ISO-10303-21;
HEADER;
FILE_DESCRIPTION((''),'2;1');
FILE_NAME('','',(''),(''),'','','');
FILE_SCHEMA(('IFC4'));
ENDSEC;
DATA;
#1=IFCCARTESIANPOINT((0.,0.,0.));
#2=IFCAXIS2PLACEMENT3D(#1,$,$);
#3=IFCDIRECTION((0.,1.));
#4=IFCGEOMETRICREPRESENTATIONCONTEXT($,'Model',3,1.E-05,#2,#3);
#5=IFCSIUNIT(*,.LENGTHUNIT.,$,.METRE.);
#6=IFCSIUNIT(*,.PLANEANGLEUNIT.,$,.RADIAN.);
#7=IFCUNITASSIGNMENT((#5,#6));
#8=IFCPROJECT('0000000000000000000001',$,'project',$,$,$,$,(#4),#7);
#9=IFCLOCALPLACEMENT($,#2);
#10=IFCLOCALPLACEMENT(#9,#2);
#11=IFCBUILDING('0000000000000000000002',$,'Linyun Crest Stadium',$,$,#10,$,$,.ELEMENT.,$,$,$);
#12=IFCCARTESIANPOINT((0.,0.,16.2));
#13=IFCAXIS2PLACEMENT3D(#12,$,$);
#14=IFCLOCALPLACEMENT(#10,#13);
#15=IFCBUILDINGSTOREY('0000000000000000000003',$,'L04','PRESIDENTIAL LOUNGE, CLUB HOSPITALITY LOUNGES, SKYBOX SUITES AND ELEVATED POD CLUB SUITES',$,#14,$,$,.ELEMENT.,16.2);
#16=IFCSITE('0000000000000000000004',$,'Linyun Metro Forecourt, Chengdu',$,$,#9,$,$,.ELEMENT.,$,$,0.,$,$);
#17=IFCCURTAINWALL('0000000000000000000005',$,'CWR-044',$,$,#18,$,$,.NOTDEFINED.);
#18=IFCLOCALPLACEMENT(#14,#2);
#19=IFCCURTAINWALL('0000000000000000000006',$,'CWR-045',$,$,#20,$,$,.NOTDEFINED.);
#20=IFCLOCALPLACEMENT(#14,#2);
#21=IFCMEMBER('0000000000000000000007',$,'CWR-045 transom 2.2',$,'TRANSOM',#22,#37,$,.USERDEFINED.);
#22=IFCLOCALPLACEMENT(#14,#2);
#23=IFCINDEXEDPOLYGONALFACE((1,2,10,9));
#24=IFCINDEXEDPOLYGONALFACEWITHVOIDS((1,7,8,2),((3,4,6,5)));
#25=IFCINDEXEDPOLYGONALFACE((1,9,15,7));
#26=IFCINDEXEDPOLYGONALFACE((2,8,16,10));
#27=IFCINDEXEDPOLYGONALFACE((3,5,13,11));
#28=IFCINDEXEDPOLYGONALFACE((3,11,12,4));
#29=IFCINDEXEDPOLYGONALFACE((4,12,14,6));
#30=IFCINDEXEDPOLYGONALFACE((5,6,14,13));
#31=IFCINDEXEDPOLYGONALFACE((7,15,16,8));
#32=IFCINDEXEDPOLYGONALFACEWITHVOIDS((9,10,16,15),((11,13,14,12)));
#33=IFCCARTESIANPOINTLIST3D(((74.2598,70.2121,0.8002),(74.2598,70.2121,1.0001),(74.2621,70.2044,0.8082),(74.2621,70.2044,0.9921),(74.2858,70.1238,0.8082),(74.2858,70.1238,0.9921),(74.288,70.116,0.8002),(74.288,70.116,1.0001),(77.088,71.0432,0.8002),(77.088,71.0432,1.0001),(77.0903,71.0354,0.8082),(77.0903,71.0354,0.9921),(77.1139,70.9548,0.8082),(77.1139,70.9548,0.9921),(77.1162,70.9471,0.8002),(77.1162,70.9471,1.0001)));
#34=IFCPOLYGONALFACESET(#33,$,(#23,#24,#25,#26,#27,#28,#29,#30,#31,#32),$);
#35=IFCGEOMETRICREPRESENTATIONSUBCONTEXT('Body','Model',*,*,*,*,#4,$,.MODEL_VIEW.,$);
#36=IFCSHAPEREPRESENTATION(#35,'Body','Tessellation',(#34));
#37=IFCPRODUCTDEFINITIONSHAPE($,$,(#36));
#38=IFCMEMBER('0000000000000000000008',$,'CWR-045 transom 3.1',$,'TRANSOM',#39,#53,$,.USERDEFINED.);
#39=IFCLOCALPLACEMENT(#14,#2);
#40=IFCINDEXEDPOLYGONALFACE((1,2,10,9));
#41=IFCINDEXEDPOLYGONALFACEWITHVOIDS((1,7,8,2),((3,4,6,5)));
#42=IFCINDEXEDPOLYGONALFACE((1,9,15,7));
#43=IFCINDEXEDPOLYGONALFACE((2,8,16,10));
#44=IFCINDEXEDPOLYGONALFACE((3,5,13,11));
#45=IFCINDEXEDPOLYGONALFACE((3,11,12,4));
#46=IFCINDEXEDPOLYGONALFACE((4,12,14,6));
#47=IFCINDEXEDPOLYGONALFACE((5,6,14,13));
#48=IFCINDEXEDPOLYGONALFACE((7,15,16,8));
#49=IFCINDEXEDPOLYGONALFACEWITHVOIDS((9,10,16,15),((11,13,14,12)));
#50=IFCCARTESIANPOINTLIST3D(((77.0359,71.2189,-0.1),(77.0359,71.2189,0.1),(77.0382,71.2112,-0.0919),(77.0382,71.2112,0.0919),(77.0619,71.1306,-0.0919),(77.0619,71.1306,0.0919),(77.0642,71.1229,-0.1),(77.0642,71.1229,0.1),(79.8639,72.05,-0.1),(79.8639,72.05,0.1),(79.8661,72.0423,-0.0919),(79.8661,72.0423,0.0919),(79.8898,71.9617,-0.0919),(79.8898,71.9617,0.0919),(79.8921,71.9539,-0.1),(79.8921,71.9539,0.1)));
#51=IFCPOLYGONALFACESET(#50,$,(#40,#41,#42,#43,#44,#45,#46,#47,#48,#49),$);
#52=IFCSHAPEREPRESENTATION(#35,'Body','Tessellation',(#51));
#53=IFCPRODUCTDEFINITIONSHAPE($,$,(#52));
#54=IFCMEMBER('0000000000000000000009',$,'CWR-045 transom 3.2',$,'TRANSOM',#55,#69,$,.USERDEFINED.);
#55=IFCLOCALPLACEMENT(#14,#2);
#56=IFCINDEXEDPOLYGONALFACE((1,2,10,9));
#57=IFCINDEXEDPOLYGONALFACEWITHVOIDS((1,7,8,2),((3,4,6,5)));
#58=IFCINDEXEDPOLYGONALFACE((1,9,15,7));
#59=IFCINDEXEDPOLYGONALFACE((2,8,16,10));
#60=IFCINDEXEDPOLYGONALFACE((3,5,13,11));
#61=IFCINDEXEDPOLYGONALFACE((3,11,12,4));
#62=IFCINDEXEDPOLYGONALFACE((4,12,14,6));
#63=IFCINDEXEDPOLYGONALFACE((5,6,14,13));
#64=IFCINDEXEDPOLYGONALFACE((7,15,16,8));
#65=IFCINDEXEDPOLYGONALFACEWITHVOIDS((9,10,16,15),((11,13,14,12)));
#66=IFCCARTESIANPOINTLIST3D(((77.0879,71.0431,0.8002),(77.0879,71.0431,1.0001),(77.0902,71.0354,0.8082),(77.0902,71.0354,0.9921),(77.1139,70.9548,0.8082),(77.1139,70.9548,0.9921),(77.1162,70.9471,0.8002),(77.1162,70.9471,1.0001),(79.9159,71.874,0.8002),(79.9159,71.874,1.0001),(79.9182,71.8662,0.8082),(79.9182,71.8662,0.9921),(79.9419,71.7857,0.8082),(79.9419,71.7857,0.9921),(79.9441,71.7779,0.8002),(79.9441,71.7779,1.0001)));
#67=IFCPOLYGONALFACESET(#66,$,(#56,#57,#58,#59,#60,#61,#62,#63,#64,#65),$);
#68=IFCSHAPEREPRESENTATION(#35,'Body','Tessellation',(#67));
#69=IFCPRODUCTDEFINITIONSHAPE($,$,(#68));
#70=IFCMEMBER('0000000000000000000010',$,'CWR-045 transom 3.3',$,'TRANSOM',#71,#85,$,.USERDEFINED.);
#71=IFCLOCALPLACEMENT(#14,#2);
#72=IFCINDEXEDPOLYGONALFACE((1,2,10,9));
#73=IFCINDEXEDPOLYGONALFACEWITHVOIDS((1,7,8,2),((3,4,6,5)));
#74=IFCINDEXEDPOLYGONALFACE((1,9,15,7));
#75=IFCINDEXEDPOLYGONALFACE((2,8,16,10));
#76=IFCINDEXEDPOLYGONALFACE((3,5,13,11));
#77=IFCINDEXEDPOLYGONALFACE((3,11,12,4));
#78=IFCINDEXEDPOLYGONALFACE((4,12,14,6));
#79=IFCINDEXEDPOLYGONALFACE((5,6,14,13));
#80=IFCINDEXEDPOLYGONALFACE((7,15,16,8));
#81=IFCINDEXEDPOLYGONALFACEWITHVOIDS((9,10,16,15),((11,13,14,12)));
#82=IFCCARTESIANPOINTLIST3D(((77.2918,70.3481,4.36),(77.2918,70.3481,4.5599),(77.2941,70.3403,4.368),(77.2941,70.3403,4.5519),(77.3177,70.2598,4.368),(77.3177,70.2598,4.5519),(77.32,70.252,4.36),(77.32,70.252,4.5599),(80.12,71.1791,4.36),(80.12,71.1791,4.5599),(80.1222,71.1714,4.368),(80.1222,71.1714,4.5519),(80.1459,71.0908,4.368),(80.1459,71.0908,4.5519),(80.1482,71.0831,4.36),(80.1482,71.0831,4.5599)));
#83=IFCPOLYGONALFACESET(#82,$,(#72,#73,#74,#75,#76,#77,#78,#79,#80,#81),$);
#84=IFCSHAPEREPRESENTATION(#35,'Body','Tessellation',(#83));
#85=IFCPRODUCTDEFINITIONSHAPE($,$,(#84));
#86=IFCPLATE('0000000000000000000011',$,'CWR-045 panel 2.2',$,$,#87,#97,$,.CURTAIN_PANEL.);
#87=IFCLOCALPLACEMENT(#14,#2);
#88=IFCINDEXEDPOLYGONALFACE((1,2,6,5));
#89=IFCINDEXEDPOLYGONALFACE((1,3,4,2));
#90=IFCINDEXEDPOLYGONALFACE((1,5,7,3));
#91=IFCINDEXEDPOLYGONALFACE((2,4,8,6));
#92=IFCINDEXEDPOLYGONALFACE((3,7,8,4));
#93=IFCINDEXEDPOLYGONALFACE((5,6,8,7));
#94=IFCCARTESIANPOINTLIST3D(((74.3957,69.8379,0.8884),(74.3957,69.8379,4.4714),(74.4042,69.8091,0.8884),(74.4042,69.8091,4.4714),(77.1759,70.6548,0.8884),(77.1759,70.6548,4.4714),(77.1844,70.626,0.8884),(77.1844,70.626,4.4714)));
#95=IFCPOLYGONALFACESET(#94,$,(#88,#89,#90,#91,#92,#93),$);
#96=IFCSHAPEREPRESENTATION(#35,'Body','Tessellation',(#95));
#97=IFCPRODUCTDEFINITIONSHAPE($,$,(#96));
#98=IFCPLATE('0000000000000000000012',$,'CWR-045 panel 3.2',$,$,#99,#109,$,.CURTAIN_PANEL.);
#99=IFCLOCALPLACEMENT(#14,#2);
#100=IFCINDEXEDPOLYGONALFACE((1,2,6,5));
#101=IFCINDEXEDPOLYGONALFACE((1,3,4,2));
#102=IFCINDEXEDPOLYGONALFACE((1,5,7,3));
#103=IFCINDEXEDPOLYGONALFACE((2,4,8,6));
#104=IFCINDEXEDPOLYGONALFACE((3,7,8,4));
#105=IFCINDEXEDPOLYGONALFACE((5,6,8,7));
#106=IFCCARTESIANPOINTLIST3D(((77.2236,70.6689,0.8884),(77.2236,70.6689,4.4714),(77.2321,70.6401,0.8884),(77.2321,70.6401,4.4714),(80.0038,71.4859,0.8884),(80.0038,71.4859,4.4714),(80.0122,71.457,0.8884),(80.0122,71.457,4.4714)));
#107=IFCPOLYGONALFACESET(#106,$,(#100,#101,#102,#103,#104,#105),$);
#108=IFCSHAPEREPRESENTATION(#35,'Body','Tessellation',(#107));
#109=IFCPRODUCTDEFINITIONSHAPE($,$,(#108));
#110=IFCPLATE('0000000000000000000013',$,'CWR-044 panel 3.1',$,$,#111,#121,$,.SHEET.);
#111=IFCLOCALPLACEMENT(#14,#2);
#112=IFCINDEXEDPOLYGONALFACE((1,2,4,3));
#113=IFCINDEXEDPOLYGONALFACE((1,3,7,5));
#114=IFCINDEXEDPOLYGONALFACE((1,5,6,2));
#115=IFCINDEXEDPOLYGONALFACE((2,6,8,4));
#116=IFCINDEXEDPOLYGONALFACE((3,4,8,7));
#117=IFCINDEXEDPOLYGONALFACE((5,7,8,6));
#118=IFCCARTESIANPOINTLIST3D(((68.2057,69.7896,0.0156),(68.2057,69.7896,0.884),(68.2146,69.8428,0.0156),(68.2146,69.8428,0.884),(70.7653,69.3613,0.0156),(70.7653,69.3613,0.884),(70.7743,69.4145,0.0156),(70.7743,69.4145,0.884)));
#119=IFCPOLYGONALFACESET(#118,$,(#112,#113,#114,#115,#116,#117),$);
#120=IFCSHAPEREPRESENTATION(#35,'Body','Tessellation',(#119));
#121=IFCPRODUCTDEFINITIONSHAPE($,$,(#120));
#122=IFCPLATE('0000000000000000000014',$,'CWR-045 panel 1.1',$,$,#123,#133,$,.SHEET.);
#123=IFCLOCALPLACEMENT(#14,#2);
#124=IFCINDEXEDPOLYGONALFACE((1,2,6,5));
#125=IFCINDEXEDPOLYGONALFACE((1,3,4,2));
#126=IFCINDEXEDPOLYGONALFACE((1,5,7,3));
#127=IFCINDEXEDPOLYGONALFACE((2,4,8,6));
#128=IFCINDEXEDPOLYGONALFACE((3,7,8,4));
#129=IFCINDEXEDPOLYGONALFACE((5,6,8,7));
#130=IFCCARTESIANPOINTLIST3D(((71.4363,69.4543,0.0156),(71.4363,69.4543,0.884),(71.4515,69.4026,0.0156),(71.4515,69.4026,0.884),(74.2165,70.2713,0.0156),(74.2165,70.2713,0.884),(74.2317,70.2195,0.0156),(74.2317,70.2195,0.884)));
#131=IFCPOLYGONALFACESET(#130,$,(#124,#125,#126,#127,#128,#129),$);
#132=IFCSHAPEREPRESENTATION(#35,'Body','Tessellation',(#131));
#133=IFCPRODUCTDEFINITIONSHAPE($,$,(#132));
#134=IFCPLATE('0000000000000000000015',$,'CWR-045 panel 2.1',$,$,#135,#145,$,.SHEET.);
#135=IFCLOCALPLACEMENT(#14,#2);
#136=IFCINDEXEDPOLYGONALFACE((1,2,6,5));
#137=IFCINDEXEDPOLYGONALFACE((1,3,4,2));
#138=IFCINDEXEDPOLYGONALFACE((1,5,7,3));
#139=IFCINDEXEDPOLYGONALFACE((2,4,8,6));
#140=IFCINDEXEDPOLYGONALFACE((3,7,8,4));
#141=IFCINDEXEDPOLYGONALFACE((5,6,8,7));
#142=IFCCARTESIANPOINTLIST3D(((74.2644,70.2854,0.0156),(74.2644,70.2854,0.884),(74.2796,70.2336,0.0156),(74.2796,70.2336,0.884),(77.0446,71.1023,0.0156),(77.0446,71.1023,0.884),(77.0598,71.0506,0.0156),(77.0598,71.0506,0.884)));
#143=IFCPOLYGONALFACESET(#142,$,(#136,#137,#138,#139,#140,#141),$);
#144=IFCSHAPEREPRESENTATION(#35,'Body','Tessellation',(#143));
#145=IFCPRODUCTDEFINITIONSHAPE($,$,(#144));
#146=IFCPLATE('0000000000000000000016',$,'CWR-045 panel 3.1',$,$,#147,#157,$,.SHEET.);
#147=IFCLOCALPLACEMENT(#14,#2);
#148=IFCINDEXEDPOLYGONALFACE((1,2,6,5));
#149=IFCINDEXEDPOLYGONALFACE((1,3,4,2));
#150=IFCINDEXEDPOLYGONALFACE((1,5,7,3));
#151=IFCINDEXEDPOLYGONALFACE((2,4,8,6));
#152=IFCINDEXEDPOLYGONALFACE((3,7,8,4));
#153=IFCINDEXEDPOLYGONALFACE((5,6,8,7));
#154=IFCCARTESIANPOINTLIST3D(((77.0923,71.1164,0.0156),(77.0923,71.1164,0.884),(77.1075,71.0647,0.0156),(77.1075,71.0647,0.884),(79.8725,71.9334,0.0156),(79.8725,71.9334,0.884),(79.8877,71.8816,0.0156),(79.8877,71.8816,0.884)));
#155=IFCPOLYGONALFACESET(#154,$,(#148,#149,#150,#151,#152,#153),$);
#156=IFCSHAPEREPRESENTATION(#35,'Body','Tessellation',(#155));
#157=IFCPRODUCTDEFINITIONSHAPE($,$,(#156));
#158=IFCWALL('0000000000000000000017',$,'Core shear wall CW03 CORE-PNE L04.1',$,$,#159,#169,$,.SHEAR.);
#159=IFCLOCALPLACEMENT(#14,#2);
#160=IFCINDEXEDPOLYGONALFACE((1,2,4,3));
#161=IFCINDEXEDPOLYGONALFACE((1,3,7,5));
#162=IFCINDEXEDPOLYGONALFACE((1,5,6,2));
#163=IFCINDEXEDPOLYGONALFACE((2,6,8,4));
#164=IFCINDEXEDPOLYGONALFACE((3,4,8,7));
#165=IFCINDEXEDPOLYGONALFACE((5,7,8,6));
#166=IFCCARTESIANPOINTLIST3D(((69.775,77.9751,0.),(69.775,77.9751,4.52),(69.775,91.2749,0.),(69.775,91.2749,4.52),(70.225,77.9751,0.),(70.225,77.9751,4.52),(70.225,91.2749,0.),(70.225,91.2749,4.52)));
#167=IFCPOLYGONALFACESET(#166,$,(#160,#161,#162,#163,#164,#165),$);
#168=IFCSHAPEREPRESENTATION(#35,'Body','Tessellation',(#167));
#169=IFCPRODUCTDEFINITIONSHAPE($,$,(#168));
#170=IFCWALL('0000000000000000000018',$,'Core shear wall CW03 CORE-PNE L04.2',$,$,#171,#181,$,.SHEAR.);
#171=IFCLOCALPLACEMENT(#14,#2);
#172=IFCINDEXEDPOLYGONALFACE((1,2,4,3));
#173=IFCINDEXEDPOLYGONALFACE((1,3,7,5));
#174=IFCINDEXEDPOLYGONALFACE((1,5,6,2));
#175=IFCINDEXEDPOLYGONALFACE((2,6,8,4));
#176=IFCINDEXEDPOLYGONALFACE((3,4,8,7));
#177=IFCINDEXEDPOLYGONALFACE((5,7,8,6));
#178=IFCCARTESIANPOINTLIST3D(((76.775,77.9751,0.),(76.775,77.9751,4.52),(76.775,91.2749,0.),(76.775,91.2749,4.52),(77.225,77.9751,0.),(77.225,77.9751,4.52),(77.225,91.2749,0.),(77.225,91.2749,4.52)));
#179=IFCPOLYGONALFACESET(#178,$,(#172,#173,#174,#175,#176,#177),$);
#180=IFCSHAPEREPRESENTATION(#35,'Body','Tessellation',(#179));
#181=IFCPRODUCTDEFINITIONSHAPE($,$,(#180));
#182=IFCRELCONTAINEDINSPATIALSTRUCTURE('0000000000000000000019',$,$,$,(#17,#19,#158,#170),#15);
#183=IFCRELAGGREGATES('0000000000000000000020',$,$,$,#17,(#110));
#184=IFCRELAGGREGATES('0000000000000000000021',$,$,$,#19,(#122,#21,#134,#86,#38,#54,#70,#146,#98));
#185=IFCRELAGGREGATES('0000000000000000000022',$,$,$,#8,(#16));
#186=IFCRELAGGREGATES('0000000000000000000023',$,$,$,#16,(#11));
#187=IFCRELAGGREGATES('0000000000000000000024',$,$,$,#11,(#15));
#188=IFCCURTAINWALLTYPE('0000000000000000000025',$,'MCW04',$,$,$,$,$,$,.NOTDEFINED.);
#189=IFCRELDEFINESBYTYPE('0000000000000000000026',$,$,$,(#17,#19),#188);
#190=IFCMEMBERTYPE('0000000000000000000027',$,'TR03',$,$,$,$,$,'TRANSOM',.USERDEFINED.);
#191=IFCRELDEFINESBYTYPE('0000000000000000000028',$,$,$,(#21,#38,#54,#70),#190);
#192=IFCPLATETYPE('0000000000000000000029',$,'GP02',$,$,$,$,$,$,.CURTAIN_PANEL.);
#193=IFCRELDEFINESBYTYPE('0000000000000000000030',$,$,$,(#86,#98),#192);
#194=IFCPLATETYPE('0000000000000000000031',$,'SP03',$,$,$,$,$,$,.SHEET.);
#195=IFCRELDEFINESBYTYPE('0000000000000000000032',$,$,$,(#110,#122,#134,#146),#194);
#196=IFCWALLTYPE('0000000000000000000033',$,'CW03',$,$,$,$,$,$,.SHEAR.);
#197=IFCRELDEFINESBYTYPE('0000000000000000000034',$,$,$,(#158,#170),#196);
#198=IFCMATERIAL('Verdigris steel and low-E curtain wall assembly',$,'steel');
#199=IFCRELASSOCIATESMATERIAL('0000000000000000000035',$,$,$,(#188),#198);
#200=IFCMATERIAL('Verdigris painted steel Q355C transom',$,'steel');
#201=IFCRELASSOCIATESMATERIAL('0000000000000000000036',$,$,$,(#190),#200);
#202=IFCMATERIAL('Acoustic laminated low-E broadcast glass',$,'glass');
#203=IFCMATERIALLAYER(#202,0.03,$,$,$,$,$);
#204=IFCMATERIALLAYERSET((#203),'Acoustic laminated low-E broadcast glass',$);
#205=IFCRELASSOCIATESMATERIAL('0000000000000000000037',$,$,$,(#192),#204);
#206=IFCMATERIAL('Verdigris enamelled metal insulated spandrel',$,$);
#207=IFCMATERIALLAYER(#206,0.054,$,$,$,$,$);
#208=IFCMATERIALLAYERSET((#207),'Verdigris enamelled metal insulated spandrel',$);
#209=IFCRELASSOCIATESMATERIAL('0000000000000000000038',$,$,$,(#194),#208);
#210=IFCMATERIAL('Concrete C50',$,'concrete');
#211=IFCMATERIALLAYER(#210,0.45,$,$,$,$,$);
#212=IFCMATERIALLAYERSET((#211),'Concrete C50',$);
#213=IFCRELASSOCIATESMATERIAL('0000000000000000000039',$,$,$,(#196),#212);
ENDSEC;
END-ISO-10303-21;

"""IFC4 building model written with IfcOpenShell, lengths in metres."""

from ifc_helpers import new_model, si_unit, direction, frame, frame_2d, origin, origin_2d, place, context, subcontext, project, spatial, rectangle, hollow_rectangle, extrude, material, layer, layer_set, material_profile, profile_set, type_object, element, aggregate, save


model = new_model("IFC4")

# Units and contexts
model_context = context("Model", 3, precision=1e-05, world=origin(), true_north=direction((0.0, 1.0)))
body_context = subcontext(model_context, "Body", "Model", "MODEL_VIEW")
ifc_project = project(units=[si_unit("LENGTHUNIT", "METRE"), si_unit("PLANEANGLEUNIT", "RADIAN")], contexts=[model_context])

# Site, building, storey
site_placement = place(None, origin())
site = spatial("IfcSite", under=ifc_project, at=site_placement, Name="Linyun Metro Forecourt, Chengdu", CompositionType="ELEMENT", RefElevation=0.0)
building_placement = place(site_placement, origin())
building = spatial("IfcBuilding", under=site, at=building_placement, Name="Linyun Crest Stadium", CompositionType="ELEMENT")
storey_placement = place(building_placement, frame((0.0, 0.0, 16.2)))
storey = spatial("IfcBuildingStorey", under=building, at=storey_placement, Name="L04", Description="PRESIDENTIAL LOUNGE, CLUB HOSPITALITY LOUNGES, SKYBOX SUITES AND ELEVATED POD CLUB SUITES", CompositionType="ELEMENT", Elevation=16.2)

# Curtain wall
ifc_material_1 = material(Name="Verdigris steel and low-E curtain wall assembly", Category="steel")
curtain_wall_type = type_object("IfcCurtainWallType", Name="MCW04", PredefinedType="NOTDEFINED", material=ifc_material_1)
curtain_wall_1_placement = place(storey_placement, origin())
curtain_wall_1 = element("IfcCurtainWall", 1, at=curtain_wall_1_placement, inside=storey, type_object=curtain_wall_type, Name="CWR-044", PredefinedType="NOTDEFINED")

# Curtain wall
curtain_wall_2_placement = place(storey_placement, origin())
curtain_wall_2 = element("IfcCurtainWall", 2, at=curtain_wall_2_placement, inside=storey, type_object=curtain_wall_type, Name="CWR-045", PredefinedType="NOTDEFINED")

# Members
ifc_material_2 = material(Name="Verdigris painted steel Q355C transom", Category="steel")
ifc_material_profile_1 = material_profile(ifc_material_2, hollow_rectangle(XDim=0.1001, YDim=0.2, WallThickness=0.0081, at=origin_2d()), Name="RHS 200x100x8")
ifc_profile_set_1 = profile_set([ifc_material_profile_1], Name="Verdigris painted steel Q355C transom")
member_type_1 = type_object("IfcMemberType", Name="TR03", ElementType="TRANSOM", PredefinedType="USERDEFINED", material=ifc_profile_set_1)
member_1_placement = place(storey_placement, frame((74.2739, 70.1641, 0.9001), z_axis=(0.959434, 0.281933, 0.0), x_axis=(-0.281933, 0.959434, 0.0)))
member_1 = element("IfcMember", 3, at=member_1_placement, type_object=member_type_1, Name="CWR-045 transom 2.2", ObjectType="TRANSOM", PredefinedType="USERDEFINED", context=body_context, shape_type="SweptSolid", body=[
    extrude(hollow_rectangle(XDim=0.1001, YDim=0.2, WallThickness=0.0081, at=origin_2d()), origin(), (0.0, 0.0, 1.0), 2.9478),
])
member_2_placement = place(storey_placement, frame((77.05, 71.1709, 0.0), z_axis=(0.959427, 0.281956, 0.0), x_axis=(-0.281956, 0.959427, 0.0)))
member_2 = element("IfcMember", 4, at=member_2_placement, type_object=member_type_1, Name="CWR-045 transom 3.1", ObjectType="TRANSOM", PredefinedType="USERDEFINED", context=body_context, shape_type="SweptSolid", body=[
    extrude(hollow_rectangle(XDim=0.1001, YDim=0.2, WallThickness=0.0081, at=origin_2d()), origin(), (0.0, 0.0, 1.0), 2.9475),
])
member_3_placement = place(storey_placement, frame((77.1021, 70.9951, 0.9001), z_axis=(0.95945, 0.281879, 0.0), x_axis=(-0.281879, 0.95945, 0.0)))
member_3 = element("IfcMember", 5, at=member_3_placement, type_object=member_type_1, Name="CWR-045 transom 3.2", ObjectType="TRANSOM", PredefinedType="USERDEFINED", context=body_context, shape_type="SweptSolid", body=[
    extrude(hollow_rectangle(XDim=0.1001, YDim=0.2, WallThickness=0.0081, at=origin_2d()), origin(), (0.0, 0.0, 1.0), 2.9475),
])
member_4_placement = place(storey_placement, frame((77.3059, 70.3, 4.46), z_axis=(0.959434, 0.281933, 0.0), x_axis=(-0.281933, 0.959434, 0.0)))
member_4 = element("IfcMember", 6, at=member_4_placement, type_object=member_type_1, Name="CWR-045 transom 3.3", ObjectType="TRANSOM", PredefinedType="USERDEFINED", context=body_context, shape_type="SweptSolid", body=[
    extrude(hollow_rectangle(XDim=0.1001, YDim=0.2, WallThickness=0.0081, at=origin_2d()), origin(), (0.0, 0.0, 1.0), 2.9478),
])

# Plates
ifc_material_3 = material(Name="Acoustic laminated low-E broadcast glass", Category="glass")
ifc_layer_1 = layer(ifc_material_3, 0.03)
ifc_layer_set_1 = layer_set([ifc_layer_1], Name="Acoustic laminated low-E broadcast glass")
plate_type_1 = type_object("IfcPlateType", Name="GP02", PredefinedType="CURTAIN_PANEL", material=ifc_layer_set_1)
plate_1_placement = place(storey_placement, frame((75.79, 70.2319, 0.8884), z_axis=(0.0, 0.0, 1.0), x_axis=(0.959437, 0.281923, 0.0)))
plate_1 = element("IfcPlate", 7, at=plate_1_placement, type_object=plate_type_1, Name="CWR-045 panel 2.2", PredefinedType="CURTAIN_PANEL", context=body_context, shape_type="SweptSolid", body=[
    extrude(rectangle(XDim=2.8977, YDim=0.03, at=origin_2d()), origin(), (0.0, 0.0, 1.0), 3.583),
])
plate_2_placement = place(storey_placement, frame((78.6179, 71.063, 0.8884), z_axis=(0.0, 0.0, 1.0), x_axis=(0.959437, 0.281923, 0.0)))
plate_2 = element("IfcPlate", 8, at=plate_2_placement, type_object=plate_type_1, Name="CWR-045 panel 3.2", PredefinedType="CURTAIN_PANEL", context=body_context, shape_type="SweptSolid", body=[
    extrude(rectangle(XDim=2.8977, YDim=0.03, at=origin_2d()), origin(), (0.0, 0.0, 1.0), 3.583),
])
ifc_material_4 = material(Name="Verdigris enamelled metal insulated spandrel")
ifc_layer_2 = layer(ifc_material_4, 0.054)
ifc_layer_set_2 = layer_set([ifc_layer_2], Name="Verdigris enamelled metal insulated spandrel")
plate_type_2 = type_object("IfcPlateType", Name="SP03", PredefinedType="SHEET", material=ifc_layer_set_2)
plate_3_placement = place(storey_placement, frame((69.49, 69.6021, 0.0156), z_axis=(0.0, 0.0, 1.0), x_axis=(0.986283, -0.165065, 0.0)))
plate_3 = element("IfcPlate", 9, at=plate_3_placement, type_object=plate_type_2, Name="CWR-044 panel 3.1", PredefinedType="SHEET", context=body_context, shape_type="SweptSolid", body=[
    extrude(rectangle(XDim=2.5952, YDim=0.054, at=origin_2d()), origin(), (0.0, 0.0, 1.0), 0.8684),
])
aggregate(curtain_wall_1, [plate_3])
plate_4_placement = place(storey_placement, frame((72.834, 69.8369, 0.0156), z_axis=(0.0, 0.0, 1.0), x_axis=(0.959437, 0.281923, 0.0)))
plate_4 = element("IfcPlate", 10, at=plate_4_placement, type_object=plate_type_2, Name="CWR-045 panel 1.1", PredefinedType="SHEET", context=body_context, shape_type="SweptSolid", body=[
    extrude(rectangle(XDim=2.8977, YDim=0.054, at=origin_2d()), origin(), (0.0, 0.0, 1.0), 0.8684),
])
plate_5_placement = place(storey_placement, frame((75.6621, 70.668, 0.0156), z_axis=(0.0, 0.0, 1.0), x_axis=(0.959437, 0.281923, 0.0)))
plate_5 = element("IfcPlate", 11, at=plate_5_placement, type_object=plate_type_2, Name="CWR-045 panel 2.1", PredefinedType="SHEET", context=body_context, shape_type="SweptSolid", body=[
    extrude(rectangle(XDim=2.8977, YDim=0.054, at=origin_2d()), origin(), (0.0, 0.0, 1.0), 0.8684),
])
plate_6_placement = place(storey_placement, frame((78.49, 71.499, 0.0156), z_axis=(0.0, 0.0, 1.0), x_axis=(0.959437, 0.281923, 0.0)))
plate_6 = element("IfcPlate", 12, at=plate_6_placement, type_object=plate_type_2, Name="CWR-045 panel 3.1", PredefinedType="SHEET", context=body_context, shape_type="SweptSolid", body=[
    extrude(rectangle(XDim=2.8977, YDim=0.054, at=origin_2d()), origin(), (0.0, 0.0, 1.0), 0.8684),
])
aggregate(curtain_wall_2, [plate_4, member_1, plate_5, plate_1, member_2, member_3, member_4, plate_6, plate_2])

# Walls
ifc_material_5 = material(Name="Concrete C50", Category="concrete")
ifc_layer_3 = layer(ifc_material_5, 0.45)
ifc_layer_set_3 = layer_set([ifc_layer_3], Name="Concrete C50")
wall_type_1 = type_object("IfcWallType", Name="CW03", PredefinedType="SHEAR", material=ifc_layer_set_3)
for number, where, z_axis, x_axis, name in (
    (13, (70.0, 77.9751, 0.0), (0.0, 0.0, 1.0), (0.0, 1.0, 0.0), "Core shear wall CW03 CORE-PNE L04.1"),
    (14, (77.0, 77.9751, 0.0), (0.0, 0.0, 1.0), (0.0, 1.0, 0.0), "Core shear wall CW03 CORE-PNE L04.2"),
):
    element("IfcWall", number, at=place(storey_placement, frame(where, z_axis=z_axis, x_axis=x_axis)), inside=storey, type_object=wall_type_1, Name=name, PredefinedType="SHEAR", context=body_context, shape_type="SweptSolid", body=[
        extrude(rectangle(XDim=13.2998, YDim=0.45, at=frame_2d((6.6499, 0.0))), origin(), (0.0, 0.0, 1.0), 4.52),
    ])

save(model, "model.ifc")
